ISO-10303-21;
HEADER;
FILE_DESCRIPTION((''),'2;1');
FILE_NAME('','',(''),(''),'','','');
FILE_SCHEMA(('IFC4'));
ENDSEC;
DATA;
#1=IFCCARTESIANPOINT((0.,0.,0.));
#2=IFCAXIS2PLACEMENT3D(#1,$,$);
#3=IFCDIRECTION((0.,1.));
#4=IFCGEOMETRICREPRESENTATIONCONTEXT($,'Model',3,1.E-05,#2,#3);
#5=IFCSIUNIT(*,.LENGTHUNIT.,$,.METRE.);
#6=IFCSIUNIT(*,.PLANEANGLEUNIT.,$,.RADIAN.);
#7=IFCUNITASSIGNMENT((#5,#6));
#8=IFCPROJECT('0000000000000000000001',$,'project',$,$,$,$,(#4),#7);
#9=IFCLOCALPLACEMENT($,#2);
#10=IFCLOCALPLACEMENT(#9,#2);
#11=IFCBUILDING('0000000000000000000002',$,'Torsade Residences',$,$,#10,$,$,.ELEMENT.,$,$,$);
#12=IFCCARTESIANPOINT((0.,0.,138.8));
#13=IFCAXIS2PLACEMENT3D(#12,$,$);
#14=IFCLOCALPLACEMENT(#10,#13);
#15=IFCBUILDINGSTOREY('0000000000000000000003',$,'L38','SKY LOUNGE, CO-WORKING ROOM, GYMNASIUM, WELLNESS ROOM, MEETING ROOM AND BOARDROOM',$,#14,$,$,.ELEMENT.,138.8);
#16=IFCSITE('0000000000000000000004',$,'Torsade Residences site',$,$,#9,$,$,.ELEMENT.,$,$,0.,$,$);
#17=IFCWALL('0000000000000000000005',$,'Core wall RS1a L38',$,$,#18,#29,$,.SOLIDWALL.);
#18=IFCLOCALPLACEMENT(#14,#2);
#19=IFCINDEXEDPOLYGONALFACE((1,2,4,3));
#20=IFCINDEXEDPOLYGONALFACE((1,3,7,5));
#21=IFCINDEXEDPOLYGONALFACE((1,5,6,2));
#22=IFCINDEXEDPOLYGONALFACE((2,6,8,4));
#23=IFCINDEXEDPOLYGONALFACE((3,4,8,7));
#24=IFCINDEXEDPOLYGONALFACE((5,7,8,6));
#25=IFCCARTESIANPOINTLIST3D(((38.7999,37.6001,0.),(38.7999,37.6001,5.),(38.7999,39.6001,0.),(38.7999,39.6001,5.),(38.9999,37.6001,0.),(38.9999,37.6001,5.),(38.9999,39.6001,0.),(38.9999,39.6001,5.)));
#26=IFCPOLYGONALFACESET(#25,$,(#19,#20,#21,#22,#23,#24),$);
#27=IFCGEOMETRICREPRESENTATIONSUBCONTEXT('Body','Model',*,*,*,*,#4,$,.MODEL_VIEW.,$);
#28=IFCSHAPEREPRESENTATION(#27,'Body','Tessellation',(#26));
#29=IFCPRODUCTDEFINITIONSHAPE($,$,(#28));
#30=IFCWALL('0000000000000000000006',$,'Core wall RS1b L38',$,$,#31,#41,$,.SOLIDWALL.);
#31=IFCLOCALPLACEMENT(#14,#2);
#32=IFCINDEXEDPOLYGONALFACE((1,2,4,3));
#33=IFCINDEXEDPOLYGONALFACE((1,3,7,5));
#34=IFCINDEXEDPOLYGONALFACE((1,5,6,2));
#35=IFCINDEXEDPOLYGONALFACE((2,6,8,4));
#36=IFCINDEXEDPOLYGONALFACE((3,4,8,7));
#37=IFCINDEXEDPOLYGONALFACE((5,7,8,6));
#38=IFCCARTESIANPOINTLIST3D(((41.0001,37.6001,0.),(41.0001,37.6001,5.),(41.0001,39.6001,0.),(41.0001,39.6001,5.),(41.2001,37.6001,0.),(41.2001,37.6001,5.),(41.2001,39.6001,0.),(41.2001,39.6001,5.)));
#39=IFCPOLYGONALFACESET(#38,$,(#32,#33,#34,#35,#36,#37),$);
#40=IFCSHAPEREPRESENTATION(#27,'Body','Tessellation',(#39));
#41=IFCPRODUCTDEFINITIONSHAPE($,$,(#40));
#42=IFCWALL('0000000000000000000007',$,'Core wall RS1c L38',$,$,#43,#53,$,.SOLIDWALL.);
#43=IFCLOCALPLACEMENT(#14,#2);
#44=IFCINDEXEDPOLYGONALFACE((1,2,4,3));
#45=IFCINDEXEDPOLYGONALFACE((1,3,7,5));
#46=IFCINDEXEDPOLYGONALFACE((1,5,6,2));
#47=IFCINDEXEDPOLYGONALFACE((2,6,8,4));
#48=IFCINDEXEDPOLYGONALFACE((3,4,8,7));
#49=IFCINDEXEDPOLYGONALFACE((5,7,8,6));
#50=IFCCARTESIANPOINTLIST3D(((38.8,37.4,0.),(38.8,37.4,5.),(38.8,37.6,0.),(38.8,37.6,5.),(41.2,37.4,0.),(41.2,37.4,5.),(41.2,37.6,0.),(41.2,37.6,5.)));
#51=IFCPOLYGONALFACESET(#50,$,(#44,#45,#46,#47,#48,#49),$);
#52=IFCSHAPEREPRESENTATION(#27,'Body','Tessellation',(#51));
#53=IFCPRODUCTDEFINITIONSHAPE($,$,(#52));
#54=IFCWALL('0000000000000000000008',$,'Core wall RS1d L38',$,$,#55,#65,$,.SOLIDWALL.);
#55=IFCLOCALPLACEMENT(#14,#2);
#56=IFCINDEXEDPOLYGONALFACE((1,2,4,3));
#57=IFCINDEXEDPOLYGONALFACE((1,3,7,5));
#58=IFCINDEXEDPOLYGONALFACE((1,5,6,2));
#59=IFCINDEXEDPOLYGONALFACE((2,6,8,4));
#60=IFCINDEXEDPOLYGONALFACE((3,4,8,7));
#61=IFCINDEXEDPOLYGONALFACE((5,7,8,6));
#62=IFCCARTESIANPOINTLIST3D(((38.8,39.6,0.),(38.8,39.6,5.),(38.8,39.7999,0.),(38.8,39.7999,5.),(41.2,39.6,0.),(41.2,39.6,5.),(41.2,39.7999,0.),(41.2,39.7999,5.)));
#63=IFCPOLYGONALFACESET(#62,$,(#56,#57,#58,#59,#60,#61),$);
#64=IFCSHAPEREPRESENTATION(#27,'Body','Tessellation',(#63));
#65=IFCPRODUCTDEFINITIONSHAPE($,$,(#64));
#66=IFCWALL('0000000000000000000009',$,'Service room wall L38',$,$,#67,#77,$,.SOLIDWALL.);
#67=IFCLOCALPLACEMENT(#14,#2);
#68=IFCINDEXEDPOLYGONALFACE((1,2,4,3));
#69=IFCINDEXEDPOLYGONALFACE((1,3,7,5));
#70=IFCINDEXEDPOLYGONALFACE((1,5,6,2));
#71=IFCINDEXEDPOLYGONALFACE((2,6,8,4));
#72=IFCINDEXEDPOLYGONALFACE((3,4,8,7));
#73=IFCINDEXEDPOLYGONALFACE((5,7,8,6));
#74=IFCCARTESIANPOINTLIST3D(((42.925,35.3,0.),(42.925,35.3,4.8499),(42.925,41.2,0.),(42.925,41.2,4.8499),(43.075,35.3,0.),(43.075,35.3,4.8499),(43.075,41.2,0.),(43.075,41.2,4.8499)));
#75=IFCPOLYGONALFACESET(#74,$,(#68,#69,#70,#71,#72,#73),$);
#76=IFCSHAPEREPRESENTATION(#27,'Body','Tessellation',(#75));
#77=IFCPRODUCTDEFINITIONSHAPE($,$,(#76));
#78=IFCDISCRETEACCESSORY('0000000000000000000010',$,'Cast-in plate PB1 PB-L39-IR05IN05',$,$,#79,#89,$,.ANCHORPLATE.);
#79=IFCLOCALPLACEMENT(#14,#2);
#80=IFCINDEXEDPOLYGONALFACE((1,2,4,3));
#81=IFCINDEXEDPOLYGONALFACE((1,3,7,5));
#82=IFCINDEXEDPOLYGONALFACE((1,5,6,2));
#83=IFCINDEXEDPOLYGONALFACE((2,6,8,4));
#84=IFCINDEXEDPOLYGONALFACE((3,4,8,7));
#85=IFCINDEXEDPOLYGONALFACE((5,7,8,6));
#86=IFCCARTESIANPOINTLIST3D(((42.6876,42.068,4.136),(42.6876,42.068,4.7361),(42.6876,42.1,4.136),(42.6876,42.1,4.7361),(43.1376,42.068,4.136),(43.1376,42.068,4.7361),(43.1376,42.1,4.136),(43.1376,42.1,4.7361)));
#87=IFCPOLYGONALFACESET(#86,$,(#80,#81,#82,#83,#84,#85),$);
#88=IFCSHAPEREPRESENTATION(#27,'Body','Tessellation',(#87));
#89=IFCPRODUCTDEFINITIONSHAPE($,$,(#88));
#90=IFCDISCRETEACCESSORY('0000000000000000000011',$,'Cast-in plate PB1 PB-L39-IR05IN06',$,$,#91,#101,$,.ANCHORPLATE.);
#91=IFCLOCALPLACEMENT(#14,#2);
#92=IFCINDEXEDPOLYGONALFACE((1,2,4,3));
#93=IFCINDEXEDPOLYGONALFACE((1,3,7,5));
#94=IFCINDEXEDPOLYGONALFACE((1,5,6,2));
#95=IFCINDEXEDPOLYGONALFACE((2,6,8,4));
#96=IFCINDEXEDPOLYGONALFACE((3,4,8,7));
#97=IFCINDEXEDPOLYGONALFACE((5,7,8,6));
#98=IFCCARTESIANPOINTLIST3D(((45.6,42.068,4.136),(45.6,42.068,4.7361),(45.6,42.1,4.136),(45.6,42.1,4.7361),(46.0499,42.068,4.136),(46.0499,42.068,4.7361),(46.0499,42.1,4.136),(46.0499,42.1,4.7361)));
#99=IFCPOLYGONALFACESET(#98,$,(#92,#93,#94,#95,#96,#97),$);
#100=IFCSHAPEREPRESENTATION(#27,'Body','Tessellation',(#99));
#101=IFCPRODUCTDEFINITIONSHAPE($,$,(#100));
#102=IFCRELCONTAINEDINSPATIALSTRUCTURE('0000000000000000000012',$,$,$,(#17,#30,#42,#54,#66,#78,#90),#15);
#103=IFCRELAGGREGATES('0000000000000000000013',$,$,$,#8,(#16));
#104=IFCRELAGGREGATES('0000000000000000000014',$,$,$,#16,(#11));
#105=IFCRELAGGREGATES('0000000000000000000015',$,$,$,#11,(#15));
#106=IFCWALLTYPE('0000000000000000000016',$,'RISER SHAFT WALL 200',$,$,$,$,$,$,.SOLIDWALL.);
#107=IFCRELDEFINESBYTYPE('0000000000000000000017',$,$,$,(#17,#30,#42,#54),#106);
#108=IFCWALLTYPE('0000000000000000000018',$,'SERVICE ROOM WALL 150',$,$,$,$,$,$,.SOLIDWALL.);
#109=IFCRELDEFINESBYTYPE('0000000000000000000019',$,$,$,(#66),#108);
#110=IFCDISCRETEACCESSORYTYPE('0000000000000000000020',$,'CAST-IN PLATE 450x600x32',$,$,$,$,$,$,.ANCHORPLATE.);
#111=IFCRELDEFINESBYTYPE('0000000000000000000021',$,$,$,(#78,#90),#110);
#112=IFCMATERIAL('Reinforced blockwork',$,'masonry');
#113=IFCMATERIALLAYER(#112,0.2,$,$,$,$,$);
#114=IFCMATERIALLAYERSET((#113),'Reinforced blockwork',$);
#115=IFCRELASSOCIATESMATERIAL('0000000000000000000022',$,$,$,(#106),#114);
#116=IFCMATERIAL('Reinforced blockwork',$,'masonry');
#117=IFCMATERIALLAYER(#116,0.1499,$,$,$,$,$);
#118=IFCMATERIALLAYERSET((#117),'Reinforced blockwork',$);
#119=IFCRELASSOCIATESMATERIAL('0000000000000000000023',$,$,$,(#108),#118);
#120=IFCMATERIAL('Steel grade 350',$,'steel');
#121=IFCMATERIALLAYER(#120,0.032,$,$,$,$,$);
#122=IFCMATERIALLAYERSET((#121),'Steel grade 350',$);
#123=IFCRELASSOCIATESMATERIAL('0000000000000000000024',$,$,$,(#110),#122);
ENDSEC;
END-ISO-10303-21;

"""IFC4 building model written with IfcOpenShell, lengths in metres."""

from ifc_helpers import new_model, si_unit, direction, frame, frame_2d, origin, origin_2d, place, context, subcontext, project, spatial, rectangle, extrude, material, layer, layer_set, type_object, element, save


model = new_model("IFC4")

# Units and contexts
model_context = context("Model", 3, precision=1e-05, world=origin(), true_north=direction((0.0, 1.0)))
body_context = subcontext(model_context, "Body", "Model", "MODEL_VIEW")
ifc_project = project(units=[si_unit("LENGTHUNIT", "METRE"), si_unit("PLANEANGLEUNIT", "RADIAN")], contexts=[model_context])

# Site, building, storey
site_placement = place(None, origin())
site = spatial("IfcSite", under=ifc_project, at=site_placement, Name="Torsade Residences site", CompositionType="ELEMENT", RefElevation=0.0)
building_placement = place(site_placement, origin())
building = spatial("IfcBuilding", under=site, at=building_placement, Name="Torsade Residences", CompositionType="ELEMENT")
storey_placement = place(building_placement, frame((0.0, 0.0, 138.8)))
storey = spatial("IfcBuildingStorey", under=building, at=storey_placement, Name="L38", Description="SKY LOUNGE, CO-WORKING ROOM, GYMNASIUM, WELLNESS ROOM, MEETING ROOM AND BOARDROOM", CompositionType="ELEMENT", Elevation=138.8)

# Walls
ifc_material_1 = material(Name="Reinforced blockwork", Category="masonry")
ifc_layer_1 = layer(ifc_material_1, 0.2)
ifc_layer_set_1 = layer_set([ifc_layer_1], Name="Reinforced blockwork")
wall_type_1 = type_object("IfcWallType", Name="RISER SHAFT WALL 200", PredefinedType="SOLIDWALL", material=ifc_layer_set_1)
for number, where, z_axis, x_axis, name in (
    (1, (38.8999, 37.6001, 0.0), (0.0, 0.0, 1.0), (0.0, 1.0, 0.0), "Core wall RS1a L38"),
    (2, (41.1001, 37.6001, 0.0), (0.0, 0.0, 1.0), (0.0, 1.0, 0.0), "Core wall RS1b L38"),
):
    element("IfcWall", number, at=place(storey_placement, frame(where, z_axis=z_axis, x_axis=x_axis)), inside=storey, type_object=wall_type_1, Name=name, PredefinedType="SOLIDWALL", context=body_context, shape_type="SweptSolid", body=[
        extrude(rectangle(XDim=2.0, YDim=0.2, at=frame_2d((1.0, 0.0))), origin(), (0.0, 0.0, 1.0), 5.0),
    ])
for number, where, z_axis, x_axis, name in (
    (3, (38.8, 37.5, 0.0), (0.0, 0.0, 1.0), (1.0, 0.0, 0.0), "Core wall RS1c L38"),
    (4, (38.8, 39.7, 0.0), (0.0, 0.0, 1.0), (1.0, 0.0, 0.0), "Core wall RS1d L38"),
):
    element("IfcWall", number, at=place(storey_placement, frame(where, z_axis=z_axis, x_axis=x_axis)), inside=storey, type_object=wall_type_1, Name=name, PredefinedType="SOLIDWALL", context=body_context, shape_type="SweptSolid", body=[
        extrude(rectangle(XDim=2.3999, YDim=0.2, at=frame_2d((1.2, 0.0))), origin(), (0.0, 0.0, 1.0), 5.0),
    ])
ifc_material_2 = material(Name="Reinforced blockwork", Category="masonry")
ifc_layer_2 = layer(ifc_material_2, 0.1499)
ifc_layer_set_2 = layer_set([ifc_layer_2], Name="Reinforced blockwork")
wall_type_2 = type_object("IfcWallType", Name="SERVICE ROOM WALL 150", PredefinedType="SOLIDWALL", material=ifc_layer_set_2)
wall_placement = place(storey_placement, frame((43.0, 41.2, 0.0), z_axis=(0.0, 0.0, 1.0), x_axis=(0.0, -1.0, 0.0)))
element("IfcWall", 5, at=wall_placement, inside=storey, type_object=wall_type_2, Name="Service room wall L38", PredefinedType="SOLIDWALL", context=body_context, shape_type="SweptSolid", body=[
    extrude(rectangle(XDim=5.8999, YDim=0.1499, at=frame_2d((2.95, 0.0))), origin(), (0.0, 0.0, 1.0), 4.8499),
])

# Discrete accessories
ifc_material_3 = material(Name="Steel grade 350", Category="steel")
ifc_layer_3 = layer(ifc_material_3, 0.032)
ifc_layer_set_3 = layer_set([ifc_layer_3], Name="Steel grade 350")
discrete_accessory_type = type_object("IfcDiscreteAccessoryType", Name="CAST-IN PLATE 450x600x32", PredefinedType="ANCHORPLATE", material=ifc_layer_set_3)
for number, where, z_axis, x_axis, name in (
    (6, (42.9126, 42.084, 4.136), (0.0, 0.0, 1.0), (1.0, 0.0, 0.0), "Cast-in plate PB1 PB-L39-IR05IN05"),
    (7, (45.825, 42.084, 4.136), (0.0, 0.0, 1.0), (1.0, 0.0, 0.0), "Cast-in plate PB1 PB-L39-IR05IN06"),
):
    element("IfcDiscreteAccessory", number, at=place(storey_placement, frame(where, z_axis=z_axis, x_axis=x_axis)), inside=storey, type_object=discrete_accessory_type, Name=name, PredefinedType="ANCHORPLATE", context=body_context, shape_type="SweptSolid", body=[
        extrude(rectangle(XDim=0.45, YDim=0.032, at=origin_2d()), origin(), (0.0, 0.0, 1.0), 0.6001),
    ])

save(model, "model.ifc")
